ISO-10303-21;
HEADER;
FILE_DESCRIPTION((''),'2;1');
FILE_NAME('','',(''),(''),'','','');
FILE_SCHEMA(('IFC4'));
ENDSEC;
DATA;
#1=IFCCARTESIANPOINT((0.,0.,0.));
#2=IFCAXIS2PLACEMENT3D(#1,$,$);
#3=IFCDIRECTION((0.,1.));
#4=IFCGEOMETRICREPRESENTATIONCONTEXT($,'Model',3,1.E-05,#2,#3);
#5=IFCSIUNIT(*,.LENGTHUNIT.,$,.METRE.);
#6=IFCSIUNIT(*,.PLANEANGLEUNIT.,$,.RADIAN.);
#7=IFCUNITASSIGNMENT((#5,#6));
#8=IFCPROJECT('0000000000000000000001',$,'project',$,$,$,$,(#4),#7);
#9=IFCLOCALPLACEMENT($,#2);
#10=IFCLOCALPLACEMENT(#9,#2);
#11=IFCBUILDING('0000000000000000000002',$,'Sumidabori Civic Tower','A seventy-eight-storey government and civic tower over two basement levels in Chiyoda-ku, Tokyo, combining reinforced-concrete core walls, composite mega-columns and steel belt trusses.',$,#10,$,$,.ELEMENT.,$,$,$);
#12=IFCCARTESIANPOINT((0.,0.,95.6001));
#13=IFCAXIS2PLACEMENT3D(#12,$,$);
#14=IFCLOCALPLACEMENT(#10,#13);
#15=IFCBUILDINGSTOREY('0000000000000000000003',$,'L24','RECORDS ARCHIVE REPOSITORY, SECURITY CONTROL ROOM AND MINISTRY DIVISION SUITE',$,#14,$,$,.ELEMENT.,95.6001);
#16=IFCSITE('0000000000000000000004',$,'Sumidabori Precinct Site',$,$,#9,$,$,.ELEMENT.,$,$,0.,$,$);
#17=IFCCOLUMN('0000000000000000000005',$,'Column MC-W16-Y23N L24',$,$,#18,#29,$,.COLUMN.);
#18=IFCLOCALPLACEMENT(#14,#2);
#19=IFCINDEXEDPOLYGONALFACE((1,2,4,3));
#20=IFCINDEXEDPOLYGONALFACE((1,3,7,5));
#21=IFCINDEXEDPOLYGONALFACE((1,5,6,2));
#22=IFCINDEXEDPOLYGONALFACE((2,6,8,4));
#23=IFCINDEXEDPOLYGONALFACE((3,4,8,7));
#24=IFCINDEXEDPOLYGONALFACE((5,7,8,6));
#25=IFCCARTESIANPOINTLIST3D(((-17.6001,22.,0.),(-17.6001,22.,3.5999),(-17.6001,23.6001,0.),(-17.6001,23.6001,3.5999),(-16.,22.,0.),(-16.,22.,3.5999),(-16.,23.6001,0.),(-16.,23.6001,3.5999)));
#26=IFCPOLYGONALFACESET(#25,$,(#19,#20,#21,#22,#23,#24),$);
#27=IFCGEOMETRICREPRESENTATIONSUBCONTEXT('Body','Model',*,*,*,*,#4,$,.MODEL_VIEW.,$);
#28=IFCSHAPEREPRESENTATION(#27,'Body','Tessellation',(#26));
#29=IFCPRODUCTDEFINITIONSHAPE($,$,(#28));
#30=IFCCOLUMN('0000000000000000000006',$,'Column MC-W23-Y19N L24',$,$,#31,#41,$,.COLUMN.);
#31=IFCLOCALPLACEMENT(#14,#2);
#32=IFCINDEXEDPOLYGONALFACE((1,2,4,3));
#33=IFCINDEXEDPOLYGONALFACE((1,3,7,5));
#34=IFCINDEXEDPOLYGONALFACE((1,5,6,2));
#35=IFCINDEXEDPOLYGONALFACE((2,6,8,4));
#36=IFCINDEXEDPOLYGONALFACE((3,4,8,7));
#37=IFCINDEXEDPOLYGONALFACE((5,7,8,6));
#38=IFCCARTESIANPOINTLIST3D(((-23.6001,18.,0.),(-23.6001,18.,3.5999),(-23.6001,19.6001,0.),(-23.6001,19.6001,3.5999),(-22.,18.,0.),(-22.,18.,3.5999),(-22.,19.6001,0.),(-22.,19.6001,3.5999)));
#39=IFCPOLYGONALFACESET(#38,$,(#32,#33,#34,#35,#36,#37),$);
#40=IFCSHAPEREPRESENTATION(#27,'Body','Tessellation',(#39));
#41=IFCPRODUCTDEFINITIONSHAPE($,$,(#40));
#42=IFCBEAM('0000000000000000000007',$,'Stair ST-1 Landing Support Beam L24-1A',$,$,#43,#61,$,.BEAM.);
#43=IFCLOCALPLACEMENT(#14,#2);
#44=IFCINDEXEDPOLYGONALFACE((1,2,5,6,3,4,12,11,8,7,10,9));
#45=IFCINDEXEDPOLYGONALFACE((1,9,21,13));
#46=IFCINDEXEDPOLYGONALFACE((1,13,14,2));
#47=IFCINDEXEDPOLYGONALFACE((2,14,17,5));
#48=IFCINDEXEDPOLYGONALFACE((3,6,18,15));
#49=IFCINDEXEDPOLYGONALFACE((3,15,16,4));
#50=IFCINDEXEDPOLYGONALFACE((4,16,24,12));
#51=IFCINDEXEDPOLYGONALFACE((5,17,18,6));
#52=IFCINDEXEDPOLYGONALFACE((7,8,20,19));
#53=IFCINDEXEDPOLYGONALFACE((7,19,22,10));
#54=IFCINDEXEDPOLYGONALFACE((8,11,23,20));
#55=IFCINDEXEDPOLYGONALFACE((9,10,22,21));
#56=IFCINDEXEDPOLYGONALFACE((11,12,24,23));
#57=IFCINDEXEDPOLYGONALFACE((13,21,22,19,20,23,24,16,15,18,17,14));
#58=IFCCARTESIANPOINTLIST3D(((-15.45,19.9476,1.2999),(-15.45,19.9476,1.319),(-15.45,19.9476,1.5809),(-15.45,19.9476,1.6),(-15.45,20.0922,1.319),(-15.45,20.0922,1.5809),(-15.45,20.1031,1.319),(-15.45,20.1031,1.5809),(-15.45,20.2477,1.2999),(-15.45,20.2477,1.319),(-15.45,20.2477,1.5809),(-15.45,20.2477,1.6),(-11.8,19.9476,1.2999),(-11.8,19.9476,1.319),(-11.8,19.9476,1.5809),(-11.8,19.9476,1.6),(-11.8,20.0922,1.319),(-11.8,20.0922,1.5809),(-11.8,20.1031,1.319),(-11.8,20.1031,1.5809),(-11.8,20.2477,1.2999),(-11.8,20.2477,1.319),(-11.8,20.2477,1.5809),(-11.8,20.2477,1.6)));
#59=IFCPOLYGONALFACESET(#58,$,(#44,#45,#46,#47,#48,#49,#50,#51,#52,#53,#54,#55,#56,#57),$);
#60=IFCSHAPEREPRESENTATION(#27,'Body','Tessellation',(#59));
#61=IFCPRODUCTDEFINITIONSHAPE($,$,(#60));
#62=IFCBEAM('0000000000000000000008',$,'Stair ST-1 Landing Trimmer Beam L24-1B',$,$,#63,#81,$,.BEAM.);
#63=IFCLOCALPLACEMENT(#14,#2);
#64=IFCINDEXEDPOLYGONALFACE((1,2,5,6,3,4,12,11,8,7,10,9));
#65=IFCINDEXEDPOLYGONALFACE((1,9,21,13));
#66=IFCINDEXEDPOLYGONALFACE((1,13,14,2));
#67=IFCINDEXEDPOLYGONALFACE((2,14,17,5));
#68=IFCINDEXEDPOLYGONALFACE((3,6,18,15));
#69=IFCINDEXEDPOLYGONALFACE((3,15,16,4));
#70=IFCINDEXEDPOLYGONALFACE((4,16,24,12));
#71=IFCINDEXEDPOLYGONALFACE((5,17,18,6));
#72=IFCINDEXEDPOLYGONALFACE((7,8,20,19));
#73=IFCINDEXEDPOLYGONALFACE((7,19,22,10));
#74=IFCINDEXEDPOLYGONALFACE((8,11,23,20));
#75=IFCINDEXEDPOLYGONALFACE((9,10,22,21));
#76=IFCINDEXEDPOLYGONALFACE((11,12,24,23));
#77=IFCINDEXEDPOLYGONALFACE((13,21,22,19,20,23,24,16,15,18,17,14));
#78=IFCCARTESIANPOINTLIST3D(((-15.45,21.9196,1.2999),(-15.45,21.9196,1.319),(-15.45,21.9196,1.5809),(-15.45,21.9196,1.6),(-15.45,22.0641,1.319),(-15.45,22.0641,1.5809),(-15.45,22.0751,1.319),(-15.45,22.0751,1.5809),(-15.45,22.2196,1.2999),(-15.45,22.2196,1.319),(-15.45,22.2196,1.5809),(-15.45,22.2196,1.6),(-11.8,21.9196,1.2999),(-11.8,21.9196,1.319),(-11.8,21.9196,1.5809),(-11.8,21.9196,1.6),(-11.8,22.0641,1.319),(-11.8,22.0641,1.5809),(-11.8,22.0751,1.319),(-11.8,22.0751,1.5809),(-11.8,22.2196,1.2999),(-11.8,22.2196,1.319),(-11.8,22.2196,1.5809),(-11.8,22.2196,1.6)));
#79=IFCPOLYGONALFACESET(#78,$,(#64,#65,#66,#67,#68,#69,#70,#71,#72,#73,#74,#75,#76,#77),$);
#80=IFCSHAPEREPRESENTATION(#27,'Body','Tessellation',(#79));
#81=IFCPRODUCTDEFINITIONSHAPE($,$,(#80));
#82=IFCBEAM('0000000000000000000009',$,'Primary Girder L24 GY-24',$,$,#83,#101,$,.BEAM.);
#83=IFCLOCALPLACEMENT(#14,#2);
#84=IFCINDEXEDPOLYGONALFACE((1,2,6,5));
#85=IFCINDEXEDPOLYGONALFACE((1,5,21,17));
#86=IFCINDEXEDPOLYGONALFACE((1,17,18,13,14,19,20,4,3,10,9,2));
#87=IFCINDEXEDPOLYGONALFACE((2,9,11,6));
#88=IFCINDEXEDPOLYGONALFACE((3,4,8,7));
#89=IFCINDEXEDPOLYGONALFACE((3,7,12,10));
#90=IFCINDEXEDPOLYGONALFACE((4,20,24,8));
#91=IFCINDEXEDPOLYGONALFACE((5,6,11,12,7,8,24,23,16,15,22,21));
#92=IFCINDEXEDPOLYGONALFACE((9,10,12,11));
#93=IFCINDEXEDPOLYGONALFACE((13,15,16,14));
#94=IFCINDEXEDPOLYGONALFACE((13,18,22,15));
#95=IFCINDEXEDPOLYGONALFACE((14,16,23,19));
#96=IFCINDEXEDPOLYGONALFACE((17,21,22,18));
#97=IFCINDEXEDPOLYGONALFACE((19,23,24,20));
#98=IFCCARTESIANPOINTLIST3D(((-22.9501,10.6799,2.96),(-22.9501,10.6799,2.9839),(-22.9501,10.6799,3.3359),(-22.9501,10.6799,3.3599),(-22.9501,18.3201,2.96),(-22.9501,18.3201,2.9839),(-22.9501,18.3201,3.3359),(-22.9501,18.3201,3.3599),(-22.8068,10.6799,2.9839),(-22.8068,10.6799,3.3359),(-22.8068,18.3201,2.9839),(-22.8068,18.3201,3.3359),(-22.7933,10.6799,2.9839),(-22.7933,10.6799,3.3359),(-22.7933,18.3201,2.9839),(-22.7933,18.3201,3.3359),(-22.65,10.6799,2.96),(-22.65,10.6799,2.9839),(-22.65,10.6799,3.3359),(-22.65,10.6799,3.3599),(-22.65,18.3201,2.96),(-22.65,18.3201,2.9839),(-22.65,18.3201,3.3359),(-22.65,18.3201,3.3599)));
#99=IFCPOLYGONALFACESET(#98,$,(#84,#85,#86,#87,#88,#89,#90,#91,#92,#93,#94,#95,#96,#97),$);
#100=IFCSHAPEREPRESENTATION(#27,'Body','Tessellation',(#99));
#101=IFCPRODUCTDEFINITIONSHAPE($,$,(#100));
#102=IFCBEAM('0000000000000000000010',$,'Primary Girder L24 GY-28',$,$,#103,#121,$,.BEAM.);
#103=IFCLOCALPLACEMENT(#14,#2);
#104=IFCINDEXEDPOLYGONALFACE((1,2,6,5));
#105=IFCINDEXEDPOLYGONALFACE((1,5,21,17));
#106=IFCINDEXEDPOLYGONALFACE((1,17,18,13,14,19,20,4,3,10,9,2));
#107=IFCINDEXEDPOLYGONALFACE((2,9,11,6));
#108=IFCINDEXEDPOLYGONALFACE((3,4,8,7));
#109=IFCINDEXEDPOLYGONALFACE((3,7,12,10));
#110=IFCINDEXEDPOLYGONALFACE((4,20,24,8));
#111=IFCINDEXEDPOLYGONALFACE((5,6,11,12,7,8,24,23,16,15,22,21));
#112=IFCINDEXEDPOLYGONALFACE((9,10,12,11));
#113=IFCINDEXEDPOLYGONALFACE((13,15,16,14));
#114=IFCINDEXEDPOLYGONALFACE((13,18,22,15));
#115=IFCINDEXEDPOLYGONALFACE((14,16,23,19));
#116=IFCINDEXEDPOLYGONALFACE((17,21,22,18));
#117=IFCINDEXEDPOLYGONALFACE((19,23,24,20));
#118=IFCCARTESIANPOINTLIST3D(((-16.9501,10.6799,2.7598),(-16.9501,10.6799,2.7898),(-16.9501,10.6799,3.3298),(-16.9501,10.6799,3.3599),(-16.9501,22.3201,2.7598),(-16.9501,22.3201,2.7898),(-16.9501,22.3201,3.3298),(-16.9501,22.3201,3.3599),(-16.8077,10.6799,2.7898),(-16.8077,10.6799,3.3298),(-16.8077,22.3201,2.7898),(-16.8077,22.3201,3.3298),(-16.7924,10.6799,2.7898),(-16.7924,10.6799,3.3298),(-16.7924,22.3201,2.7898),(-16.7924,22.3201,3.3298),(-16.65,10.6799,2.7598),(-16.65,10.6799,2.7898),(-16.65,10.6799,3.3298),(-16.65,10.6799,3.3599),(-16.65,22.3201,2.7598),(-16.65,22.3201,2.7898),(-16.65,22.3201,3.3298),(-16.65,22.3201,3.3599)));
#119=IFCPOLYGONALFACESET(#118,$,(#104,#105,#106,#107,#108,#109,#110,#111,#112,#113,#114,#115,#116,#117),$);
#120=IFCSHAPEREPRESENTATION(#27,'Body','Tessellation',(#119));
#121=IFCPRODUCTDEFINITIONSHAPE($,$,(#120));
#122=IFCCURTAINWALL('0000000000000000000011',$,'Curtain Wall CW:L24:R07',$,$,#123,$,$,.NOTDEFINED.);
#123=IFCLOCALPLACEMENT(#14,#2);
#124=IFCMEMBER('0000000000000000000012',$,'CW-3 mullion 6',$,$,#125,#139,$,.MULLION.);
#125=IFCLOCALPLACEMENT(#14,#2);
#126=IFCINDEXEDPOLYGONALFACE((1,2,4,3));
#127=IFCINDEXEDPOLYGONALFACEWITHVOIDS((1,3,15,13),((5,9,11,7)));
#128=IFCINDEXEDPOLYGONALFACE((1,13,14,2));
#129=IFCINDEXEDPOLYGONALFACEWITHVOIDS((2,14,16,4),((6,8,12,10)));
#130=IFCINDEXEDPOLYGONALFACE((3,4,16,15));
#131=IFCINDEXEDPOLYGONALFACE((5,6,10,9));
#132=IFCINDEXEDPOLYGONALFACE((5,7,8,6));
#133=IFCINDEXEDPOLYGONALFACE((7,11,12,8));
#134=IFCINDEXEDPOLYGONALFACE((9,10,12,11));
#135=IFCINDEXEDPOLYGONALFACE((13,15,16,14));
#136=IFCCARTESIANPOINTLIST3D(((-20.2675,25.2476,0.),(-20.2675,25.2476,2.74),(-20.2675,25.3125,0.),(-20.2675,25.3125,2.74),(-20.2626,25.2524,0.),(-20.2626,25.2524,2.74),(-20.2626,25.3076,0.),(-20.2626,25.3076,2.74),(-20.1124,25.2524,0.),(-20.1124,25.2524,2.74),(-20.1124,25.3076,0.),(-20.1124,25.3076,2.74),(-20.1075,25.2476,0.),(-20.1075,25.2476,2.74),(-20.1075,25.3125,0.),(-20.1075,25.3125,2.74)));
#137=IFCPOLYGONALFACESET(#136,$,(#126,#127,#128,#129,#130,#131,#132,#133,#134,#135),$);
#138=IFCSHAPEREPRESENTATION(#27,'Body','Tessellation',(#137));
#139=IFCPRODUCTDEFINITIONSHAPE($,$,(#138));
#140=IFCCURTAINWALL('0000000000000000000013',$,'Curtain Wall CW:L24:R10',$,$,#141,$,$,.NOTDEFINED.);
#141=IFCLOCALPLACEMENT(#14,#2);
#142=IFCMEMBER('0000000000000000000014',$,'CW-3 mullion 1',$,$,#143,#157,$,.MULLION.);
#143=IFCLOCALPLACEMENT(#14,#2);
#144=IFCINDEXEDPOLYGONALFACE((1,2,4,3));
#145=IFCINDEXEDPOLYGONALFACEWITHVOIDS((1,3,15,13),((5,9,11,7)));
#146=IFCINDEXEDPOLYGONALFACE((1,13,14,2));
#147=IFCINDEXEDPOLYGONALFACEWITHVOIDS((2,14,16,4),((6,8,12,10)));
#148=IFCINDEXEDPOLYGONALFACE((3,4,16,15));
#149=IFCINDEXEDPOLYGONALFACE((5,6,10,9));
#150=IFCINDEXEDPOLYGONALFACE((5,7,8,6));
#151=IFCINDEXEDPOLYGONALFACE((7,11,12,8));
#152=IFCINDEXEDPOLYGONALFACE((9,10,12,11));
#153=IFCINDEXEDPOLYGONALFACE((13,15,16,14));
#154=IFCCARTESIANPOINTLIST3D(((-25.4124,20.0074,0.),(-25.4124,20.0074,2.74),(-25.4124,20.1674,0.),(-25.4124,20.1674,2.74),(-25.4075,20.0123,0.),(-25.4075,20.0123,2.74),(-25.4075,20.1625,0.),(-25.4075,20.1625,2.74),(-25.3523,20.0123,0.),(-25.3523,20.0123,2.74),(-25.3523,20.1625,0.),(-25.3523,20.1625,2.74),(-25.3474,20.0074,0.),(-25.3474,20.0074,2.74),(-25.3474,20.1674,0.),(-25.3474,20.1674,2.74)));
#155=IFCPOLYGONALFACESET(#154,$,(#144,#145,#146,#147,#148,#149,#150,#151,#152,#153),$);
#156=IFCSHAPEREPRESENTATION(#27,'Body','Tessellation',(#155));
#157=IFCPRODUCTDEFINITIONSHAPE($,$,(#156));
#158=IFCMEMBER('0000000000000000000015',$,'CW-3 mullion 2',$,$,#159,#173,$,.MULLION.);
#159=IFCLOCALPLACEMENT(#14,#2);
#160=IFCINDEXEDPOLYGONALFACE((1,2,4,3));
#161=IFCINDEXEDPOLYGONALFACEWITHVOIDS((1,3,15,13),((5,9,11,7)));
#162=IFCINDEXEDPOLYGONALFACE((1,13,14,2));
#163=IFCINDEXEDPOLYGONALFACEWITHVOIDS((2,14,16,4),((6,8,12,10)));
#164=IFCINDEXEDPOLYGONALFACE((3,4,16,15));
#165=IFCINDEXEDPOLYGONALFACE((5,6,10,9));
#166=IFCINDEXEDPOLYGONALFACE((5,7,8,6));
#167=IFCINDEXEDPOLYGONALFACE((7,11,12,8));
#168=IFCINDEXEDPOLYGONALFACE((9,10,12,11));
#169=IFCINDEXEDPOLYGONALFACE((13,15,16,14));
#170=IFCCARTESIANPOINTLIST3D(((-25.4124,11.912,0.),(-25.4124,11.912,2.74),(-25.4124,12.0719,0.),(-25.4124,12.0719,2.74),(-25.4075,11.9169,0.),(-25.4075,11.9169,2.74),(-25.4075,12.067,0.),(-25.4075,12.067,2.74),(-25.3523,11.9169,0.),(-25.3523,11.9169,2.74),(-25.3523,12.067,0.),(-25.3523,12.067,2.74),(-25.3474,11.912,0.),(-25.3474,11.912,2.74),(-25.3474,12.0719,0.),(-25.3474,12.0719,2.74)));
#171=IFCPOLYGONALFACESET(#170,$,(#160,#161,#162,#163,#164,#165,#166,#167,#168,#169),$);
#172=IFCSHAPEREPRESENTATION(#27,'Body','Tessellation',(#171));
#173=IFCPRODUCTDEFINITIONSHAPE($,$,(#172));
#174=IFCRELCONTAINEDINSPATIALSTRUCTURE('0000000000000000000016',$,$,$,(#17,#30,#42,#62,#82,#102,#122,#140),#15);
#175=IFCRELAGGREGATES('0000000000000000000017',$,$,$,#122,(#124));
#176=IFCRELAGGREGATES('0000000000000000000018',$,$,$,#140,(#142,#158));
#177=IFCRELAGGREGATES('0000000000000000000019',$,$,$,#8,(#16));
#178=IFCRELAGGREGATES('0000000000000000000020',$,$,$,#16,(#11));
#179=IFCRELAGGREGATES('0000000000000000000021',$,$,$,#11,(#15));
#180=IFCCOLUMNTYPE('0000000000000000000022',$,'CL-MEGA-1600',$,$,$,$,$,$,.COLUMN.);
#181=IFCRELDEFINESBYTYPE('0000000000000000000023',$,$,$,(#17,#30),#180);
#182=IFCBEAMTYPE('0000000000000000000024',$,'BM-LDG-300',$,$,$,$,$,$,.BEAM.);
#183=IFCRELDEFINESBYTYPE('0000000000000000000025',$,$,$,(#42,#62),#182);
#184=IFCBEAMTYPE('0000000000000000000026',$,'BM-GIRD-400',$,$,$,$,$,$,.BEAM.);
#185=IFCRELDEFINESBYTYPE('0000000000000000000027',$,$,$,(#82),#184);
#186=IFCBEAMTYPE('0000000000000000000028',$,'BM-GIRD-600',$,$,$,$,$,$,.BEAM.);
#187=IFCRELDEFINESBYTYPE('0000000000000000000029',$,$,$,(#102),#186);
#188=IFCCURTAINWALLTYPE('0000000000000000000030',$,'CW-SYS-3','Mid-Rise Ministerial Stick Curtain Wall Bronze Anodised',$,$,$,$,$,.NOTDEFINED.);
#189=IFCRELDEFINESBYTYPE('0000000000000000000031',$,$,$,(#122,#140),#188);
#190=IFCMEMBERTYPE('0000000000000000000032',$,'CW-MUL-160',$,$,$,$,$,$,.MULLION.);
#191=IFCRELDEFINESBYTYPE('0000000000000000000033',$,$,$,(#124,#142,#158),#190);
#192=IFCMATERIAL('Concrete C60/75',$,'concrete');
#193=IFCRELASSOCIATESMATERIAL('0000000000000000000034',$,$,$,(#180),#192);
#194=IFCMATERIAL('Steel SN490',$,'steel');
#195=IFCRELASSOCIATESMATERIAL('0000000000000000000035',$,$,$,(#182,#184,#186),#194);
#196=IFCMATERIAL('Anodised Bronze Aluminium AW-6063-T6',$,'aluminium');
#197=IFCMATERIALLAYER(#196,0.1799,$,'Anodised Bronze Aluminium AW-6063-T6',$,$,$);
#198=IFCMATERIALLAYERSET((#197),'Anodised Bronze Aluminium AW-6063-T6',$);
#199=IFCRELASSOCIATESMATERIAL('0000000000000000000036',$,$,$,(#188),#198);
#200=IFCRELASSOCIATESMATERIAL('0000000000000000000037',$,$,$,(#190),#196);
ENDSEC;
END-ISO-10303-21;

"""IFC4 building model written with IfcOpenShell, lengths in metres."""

from ifc_helpers import new_model, si_unit, direction, frame, origin, origin_2d, place, context, subcontext, project, spatial, rectangle, hollow_rectangle, i_section, extrude, source, transform, mapped, material, layer, layer_set, material_profile, profile_set, type_object, element, aggregate, save


model = new_model("IFC4")

# Units and contexts
model_context = context("Model", 3, precision=1e-05, world=origin(), true_north=direction((0.0, 1.0)))
body_context = subcontext(model_context, "Body", "Model", "MODEL_VIEW")
ifc_project = project(units=[si_unit("LENGTHUNIT", "METRE"), si_unit("PLANEANGLEUNIT", "RADIAN")], contexts=[model_context])

# Site, building, storey
site_placement = place(None, origin())
site = spatial("IfcSite", under=ifc_project, at=site_placement, Name="Sumidabori Precinct Site", CompositionType="ELEMENT", RefElevation=0.0)
building_placement = place(site_placement, origin())
building = spatial("IfcBuilding", under=site, at=building_placement, Name="Sumidabori Civic Tower", Description="A seventy-eight-storey government and civic tower over two basement levels in Chiyoda-ku, Tokyo, combining reinforced-concrete core walls, composite mega-columns and steel belt trusses.", CompositionType="ELEMENT")
storey_placement = place(building_placement, frame((0.0, 0.0, 95.6001)))
storey = spatial("IfcBuildingStorey", under=building, at=storey_placement, Name="L24", Description="RECORDS ARCHIVE REPOSITORY, SECURITY CONTROL ROOM AND MINISTRY DIVISION SUITE", CompositionType="ELEMENT", Elevation=95.6001)

# Columns
ifc_material_1 = material(Name="Concrete C60/75", Category="concrete")
ifc_material_profile_1 = material_profile(ifc_material_1, rectangle(XDim=1.6001, YDim=1.6001, at=origin_2d()), Name="RC 1600x1600")
ifc_profile_set_1 = profile_set([ifc_material_profile_1], Name="Concrete C60/75")
column_type = type_object("IfcColumnType", Name="CL-MEGA-1600", PredefinedType="COLUMN", material=ifc_profile_set_1)
shared_shape_1 = source(origin(), body_context, "Body", "SweptSolid", [
    extrude(rectangle(XDim=1.6001, YDim=1.6001, at=origin_2d()), origin(), (0.0, 0.0, 1.0), 3.5999),
])
for number, where, z_axis, x_axis, name in (
    (1, (-16.8, 22.8, 0.0), (0.0, 0.0, 1.0), (1.0, 0.0, 0.0), "Column MC-W16-Y23N L24"),
    (2, (-22.8, 18.8, 0.0), (0.0, 0.0, 1.0), (1.0, 0.0, 0.0), "Column MC-W23-Y19N L24"),
):
    element("IfcColumn", number, at=place(storey_placement, frame(where, z_axis=z_axis, x_axis=x_axis)), inside=storey, type_object=column_type, Name=name, PredefinedType="COLUMN", context=body_context, shape_type="MappedRepresentation", body=[
        mapped(shared_shape_1, transform((0.0, 0.0, 0.0), x_axis=(1.0, 0.0, 0.0), y_axis=(0.0, 1.0, 0.0), z_axis=(0.0, 0.0, 1.0), scale=1.0)),
    ])

# Beams
ifc_material_2 = material(Name="Steel SN490", Category="steel")
ifc_material_profile_2 = material_profile(ifc_material_2, i_section(OverallWidth=0.3, OverallDepth=0.3, WebThickness=0.011, FlangeThickness=0.019, at=origin_2d()), Name="HE 300 B")
ifc_profile_set_2 = profile_set([ifc_material_profile_2], Name="Steel SN490")
beam_type_1 = type_object("IfcBeamType", Name="BM-LDG-300", PredefinedType="BEAM", material=ifc_profile_set_2)
shared_shape_2 = source(origin(), body_context, "Body", "SweptSolid", [
    extrude(i_section(OverallWidth=0.3, OverallDepth=0.3, WebThickness=0.011, FlangeThickness=0.019, at=origin_2d()), origin(), (0.0, 0.0, 1.0), 3.6499),
])
for number, where, z_axis, x_axis, name in (
    (3, (-15.45, 20.0977, 1.45), (1.0, 0.0, 0.0), (0.0, 1.0, 0.0), "Stair ST-1 Landing Support Beam L24-1A"),
    (4, (-15.45, 22.0696, 1.45), (1.0, 0.0, 0.0), (0.0, 1.0, 0.0), "Stair ST-1 Landing Trimmer Beam L24-1B"),
):
    element("IfcBeam", number, at=place(storey_placement, frame(where, z_axis=z_axis, x_axis=x_axis)), inside=storey, type_object=beam_type_1, Name=name, PredefinedType="BEAM", context=body_context, shape_type="MappedRepresentation", body=[
        mapped(shared_shape_2, transform((0.0, 0.0, 0.0), x_axis=(1.0, 0.0, 0.0), y_axis=(0.0, 1.0, 0.0), z_axis=(0.0, 0.0, 1.0), scale=1.0)),
    ])
ifc_material_profile_3 = material_profile(ifc_material_2, i_section(OverallWidth=0.3, OverallDepth=0.3999, WebThickness=0.0134, FlangeThickness=0.0239, at=origin_2d()), Name="HE 400 B")
ifc_profile_set_3 = profile_set([ifc_material_profile_3], Name="Steel SN490")
beam_type_2 = type_object("IfcBeamType", Name="BM-GIRD-400", PredefinedType="BEAM", material=ifc_profile_set_3)
shared_shape_3 = source(origin(), body_context, "Body", "SweptSolid", [
    extrude(i_section(OverallWidth=0.3, OverallDepth=0.3999, WebThickness=0.0134, FlangeThickness=0.0239, at=origin_2d()), origin(), (0.0, 0.0, 1.0), 7.6401),
])
beam_1_placement = place(storey_placement, frame((-22.8, 10.6799, 3.1599), z_axis=(0.0, 1.0, 0.0), x_axis=(-1.0, 0.0, 0.0)))
element("IfcBeam", 5, at=beam_1_placement, inside=storey, type_object=beam_type_2, Name="Primary Girder L24 GY-24", PredefinedType="BEAM", context=body_context, shape_type="MappedRepresentation", body=[
    mapped(shared_shape_3, transform((0.0, 0.0, 0.0), x_axis=(1.0, 0.0, 0.0), y_axis=(0.0, 1.0, 0.0), z_axis=(0.0, 0.0, 1.0), scale=1.0)),
])
ifc_material_profile_4 = material_profile(ifc_material_2, i_section(OverallWidth=0.3, OverallDepth=0.6001, WebThickness=0.0154, FlangeThickness=0.03, at=origin_2d()), Name="HE 600 B")
ifc_profile_set_4 = profile_set([ifc_material_profile_4], Name="Steel SN490")
beam_type_3 = type_object("IfcBeamType", Name="BM-GIRD-600", PredefinedType="BEAM", material=ifc_profile_set_4)
shared_shape_4 = source(origin(), body_context, "Body", "SweptSolid", [
    extrude(i_section(OverallWidth=0.3, OverallDepth=0.6001, WebThickness=0.0154, FlangeThickness=0.03, at=origin_2d()), origin(), (0.0, 0.0, 1.0), 11.6401),
])
beam_2_placement = place(storey_placement, frame((-16.8, 10.6799, 3.0598), z_axis=(0.0, 1.0, 0.0), x_axis=(-1.0, 0.0, 0.0)))
element("IfcBeam", 6, at=beam_2_placement, inside=storey, type_object=beam_type_3, Name="Primary Girder L24 GY-28", PredefinedType="BEAM", context=body_context, shape_type="MappedRepresentation", body=[
    mapped(shared_shape_4, transform((0.0, 0.0, 0.0), x_axis=(1.0, 0.0, 0.0), y_axis=(0.0, 1.0, 0.0), z_axis=(0.0, 0.0, 1.0), scale=1.0)),
])

# Curtain wall, member
ifc_material_3 = material(Name="Anodised Bronze Aluminium AW-6063-T6", Category="aluminium")
ifc_layer_1 = layer(ifc_material_3, 0.1799, Name="Anodised Bronze Aluminium AW-6063-T6")
ifc_layer_set_1 = layer_set([ifc_layer_1], Name="Anodised Bronze Aluminium AW-6063-T6")
curtain_wall_type = type_object("IfcCurtainWallType", Name="CW-SYS-3", Description="Mid-Rise Ministerial Stick Curtain Wall Bronze Anodised", PredefinedType="NOTDEFINED", material=ifc_layer_set_1)
curtain_wall_1_placement = place(storey_placement, origin())
curtain_wall_1 = element("IfcCurtainWall", 7, at=curtain_wall_1_placement, inside=storey, type_object=curtain_wall_type, Name="Curtain Wall CW:L24:R07", PredefinedType="NOTDEFINED")
ifc_material_profile_5 = material_profile(ifc_material_3, hollow_rectangle(XDim=0.0649, YDim=0.1599, WallThickness=0.0049, at=origin_2d()), Name="ALU MULLION 160x65")
ifc_profile_set_5 = profile_set([ifc_material_profile_5], Name="Anodised Bronze Aluminium AW-6063-T6")
member_type_1 = type_object("IfcMemberType", Name="CW-MUL-160", PredefinedType="MULLION", material=ifc_profile_set_5)
shared_shape_5 = source(origin(), body_context, "Body", "SweptSolid", [
    extrude(hollow_rectangle(XDim=0.0649, YDim=0.1599, WallThickness=0.0049, at=origin_2d()), origin(), (0.0, 0.0, 1.0), 2.74),
])
member_1_placement = place(storey_placement, frame((-20.1875, 25.28, 0.0), z_axis=(0.0, 0.0, 1.0), x_axis=(0.0, -1.0, 0.0)))
member_1 = element("IfcMember", 8, at=member_1_placement, type_object=member_type_1, Name="CW-3 mullion 6", PredefinedType="MULLION", context=body_context, shape_type="MappedRepresentation", body=[
    mapped(shared_shape_5, transform((0.0, 0.0, 0.0), x_axis=(1.0, 0.0, 0.0), y_axis=(0.0, 1.0, 0.0), z_axis=(0.0, 0.0, 1.0), scale=1.0)),
])

# Curtain wall, members
curtain_wall_2_placement = place(storey_placement, origin())
curtain_wall_2 = element("IfcCurtainWall", 9, at=curtain_wall_2_placement, inside=storey, type_object=curtain_wall_type, Name="Curtain Wall CW:L24:R10", PredefinedType="NOTDEFINED")
member_2_placement = place(storey_placement, frame((-25.3799, 20.0874, 0.0), z_axis=(0.0, 0.0, 1.0), x_axis=(1.0, 0.0, 0.0)))
member_2 = element("IfcMember", 10, at=member_2_placement, type_object=member_type_1, Name="CW-3 mullion 1", PredefinedType="MULLION", context=body_context, shape_type="MappedRepresentation", body=[
    mapped(shared_shape_5, transform((0.0, 0.0, 0.0), x_axis=(1.0, 0.0, 0.0), y_axis=(0.0, 1.0, 0.0), z_axis=(0.0, 0.0, 1.0), scale=1.0)),
])
member_3_placement = place(storey_placement, frame((-25.3799, 11.9919, 0.0), z_axis=(0.0, 0.0, 1.0), x_axis=(1.0, 0.0, 0.0)))
member_3 = element("IfcMember", 11, at=member_3_placement, type_object=member_type_1, Name="CW-3 mullion 2", PredefinedType="MULLION", context=body_context, shape_type="MappedRepresentation", body=[
    mapped(shared_shape_5, transform((0.0, 0.0, 0.0), x_axis=(1.0, 0.0, 0.0), y_axis=(0.0, 1.0, 0.0), z_axis=(0.0, 0.0, 1.0), scale=1.0)),
])

aggregate(curtain_wall_1, [member_1])
aggregate(curtain_wall_2, [member_2, member_3])

save(model, "model.ifc")
